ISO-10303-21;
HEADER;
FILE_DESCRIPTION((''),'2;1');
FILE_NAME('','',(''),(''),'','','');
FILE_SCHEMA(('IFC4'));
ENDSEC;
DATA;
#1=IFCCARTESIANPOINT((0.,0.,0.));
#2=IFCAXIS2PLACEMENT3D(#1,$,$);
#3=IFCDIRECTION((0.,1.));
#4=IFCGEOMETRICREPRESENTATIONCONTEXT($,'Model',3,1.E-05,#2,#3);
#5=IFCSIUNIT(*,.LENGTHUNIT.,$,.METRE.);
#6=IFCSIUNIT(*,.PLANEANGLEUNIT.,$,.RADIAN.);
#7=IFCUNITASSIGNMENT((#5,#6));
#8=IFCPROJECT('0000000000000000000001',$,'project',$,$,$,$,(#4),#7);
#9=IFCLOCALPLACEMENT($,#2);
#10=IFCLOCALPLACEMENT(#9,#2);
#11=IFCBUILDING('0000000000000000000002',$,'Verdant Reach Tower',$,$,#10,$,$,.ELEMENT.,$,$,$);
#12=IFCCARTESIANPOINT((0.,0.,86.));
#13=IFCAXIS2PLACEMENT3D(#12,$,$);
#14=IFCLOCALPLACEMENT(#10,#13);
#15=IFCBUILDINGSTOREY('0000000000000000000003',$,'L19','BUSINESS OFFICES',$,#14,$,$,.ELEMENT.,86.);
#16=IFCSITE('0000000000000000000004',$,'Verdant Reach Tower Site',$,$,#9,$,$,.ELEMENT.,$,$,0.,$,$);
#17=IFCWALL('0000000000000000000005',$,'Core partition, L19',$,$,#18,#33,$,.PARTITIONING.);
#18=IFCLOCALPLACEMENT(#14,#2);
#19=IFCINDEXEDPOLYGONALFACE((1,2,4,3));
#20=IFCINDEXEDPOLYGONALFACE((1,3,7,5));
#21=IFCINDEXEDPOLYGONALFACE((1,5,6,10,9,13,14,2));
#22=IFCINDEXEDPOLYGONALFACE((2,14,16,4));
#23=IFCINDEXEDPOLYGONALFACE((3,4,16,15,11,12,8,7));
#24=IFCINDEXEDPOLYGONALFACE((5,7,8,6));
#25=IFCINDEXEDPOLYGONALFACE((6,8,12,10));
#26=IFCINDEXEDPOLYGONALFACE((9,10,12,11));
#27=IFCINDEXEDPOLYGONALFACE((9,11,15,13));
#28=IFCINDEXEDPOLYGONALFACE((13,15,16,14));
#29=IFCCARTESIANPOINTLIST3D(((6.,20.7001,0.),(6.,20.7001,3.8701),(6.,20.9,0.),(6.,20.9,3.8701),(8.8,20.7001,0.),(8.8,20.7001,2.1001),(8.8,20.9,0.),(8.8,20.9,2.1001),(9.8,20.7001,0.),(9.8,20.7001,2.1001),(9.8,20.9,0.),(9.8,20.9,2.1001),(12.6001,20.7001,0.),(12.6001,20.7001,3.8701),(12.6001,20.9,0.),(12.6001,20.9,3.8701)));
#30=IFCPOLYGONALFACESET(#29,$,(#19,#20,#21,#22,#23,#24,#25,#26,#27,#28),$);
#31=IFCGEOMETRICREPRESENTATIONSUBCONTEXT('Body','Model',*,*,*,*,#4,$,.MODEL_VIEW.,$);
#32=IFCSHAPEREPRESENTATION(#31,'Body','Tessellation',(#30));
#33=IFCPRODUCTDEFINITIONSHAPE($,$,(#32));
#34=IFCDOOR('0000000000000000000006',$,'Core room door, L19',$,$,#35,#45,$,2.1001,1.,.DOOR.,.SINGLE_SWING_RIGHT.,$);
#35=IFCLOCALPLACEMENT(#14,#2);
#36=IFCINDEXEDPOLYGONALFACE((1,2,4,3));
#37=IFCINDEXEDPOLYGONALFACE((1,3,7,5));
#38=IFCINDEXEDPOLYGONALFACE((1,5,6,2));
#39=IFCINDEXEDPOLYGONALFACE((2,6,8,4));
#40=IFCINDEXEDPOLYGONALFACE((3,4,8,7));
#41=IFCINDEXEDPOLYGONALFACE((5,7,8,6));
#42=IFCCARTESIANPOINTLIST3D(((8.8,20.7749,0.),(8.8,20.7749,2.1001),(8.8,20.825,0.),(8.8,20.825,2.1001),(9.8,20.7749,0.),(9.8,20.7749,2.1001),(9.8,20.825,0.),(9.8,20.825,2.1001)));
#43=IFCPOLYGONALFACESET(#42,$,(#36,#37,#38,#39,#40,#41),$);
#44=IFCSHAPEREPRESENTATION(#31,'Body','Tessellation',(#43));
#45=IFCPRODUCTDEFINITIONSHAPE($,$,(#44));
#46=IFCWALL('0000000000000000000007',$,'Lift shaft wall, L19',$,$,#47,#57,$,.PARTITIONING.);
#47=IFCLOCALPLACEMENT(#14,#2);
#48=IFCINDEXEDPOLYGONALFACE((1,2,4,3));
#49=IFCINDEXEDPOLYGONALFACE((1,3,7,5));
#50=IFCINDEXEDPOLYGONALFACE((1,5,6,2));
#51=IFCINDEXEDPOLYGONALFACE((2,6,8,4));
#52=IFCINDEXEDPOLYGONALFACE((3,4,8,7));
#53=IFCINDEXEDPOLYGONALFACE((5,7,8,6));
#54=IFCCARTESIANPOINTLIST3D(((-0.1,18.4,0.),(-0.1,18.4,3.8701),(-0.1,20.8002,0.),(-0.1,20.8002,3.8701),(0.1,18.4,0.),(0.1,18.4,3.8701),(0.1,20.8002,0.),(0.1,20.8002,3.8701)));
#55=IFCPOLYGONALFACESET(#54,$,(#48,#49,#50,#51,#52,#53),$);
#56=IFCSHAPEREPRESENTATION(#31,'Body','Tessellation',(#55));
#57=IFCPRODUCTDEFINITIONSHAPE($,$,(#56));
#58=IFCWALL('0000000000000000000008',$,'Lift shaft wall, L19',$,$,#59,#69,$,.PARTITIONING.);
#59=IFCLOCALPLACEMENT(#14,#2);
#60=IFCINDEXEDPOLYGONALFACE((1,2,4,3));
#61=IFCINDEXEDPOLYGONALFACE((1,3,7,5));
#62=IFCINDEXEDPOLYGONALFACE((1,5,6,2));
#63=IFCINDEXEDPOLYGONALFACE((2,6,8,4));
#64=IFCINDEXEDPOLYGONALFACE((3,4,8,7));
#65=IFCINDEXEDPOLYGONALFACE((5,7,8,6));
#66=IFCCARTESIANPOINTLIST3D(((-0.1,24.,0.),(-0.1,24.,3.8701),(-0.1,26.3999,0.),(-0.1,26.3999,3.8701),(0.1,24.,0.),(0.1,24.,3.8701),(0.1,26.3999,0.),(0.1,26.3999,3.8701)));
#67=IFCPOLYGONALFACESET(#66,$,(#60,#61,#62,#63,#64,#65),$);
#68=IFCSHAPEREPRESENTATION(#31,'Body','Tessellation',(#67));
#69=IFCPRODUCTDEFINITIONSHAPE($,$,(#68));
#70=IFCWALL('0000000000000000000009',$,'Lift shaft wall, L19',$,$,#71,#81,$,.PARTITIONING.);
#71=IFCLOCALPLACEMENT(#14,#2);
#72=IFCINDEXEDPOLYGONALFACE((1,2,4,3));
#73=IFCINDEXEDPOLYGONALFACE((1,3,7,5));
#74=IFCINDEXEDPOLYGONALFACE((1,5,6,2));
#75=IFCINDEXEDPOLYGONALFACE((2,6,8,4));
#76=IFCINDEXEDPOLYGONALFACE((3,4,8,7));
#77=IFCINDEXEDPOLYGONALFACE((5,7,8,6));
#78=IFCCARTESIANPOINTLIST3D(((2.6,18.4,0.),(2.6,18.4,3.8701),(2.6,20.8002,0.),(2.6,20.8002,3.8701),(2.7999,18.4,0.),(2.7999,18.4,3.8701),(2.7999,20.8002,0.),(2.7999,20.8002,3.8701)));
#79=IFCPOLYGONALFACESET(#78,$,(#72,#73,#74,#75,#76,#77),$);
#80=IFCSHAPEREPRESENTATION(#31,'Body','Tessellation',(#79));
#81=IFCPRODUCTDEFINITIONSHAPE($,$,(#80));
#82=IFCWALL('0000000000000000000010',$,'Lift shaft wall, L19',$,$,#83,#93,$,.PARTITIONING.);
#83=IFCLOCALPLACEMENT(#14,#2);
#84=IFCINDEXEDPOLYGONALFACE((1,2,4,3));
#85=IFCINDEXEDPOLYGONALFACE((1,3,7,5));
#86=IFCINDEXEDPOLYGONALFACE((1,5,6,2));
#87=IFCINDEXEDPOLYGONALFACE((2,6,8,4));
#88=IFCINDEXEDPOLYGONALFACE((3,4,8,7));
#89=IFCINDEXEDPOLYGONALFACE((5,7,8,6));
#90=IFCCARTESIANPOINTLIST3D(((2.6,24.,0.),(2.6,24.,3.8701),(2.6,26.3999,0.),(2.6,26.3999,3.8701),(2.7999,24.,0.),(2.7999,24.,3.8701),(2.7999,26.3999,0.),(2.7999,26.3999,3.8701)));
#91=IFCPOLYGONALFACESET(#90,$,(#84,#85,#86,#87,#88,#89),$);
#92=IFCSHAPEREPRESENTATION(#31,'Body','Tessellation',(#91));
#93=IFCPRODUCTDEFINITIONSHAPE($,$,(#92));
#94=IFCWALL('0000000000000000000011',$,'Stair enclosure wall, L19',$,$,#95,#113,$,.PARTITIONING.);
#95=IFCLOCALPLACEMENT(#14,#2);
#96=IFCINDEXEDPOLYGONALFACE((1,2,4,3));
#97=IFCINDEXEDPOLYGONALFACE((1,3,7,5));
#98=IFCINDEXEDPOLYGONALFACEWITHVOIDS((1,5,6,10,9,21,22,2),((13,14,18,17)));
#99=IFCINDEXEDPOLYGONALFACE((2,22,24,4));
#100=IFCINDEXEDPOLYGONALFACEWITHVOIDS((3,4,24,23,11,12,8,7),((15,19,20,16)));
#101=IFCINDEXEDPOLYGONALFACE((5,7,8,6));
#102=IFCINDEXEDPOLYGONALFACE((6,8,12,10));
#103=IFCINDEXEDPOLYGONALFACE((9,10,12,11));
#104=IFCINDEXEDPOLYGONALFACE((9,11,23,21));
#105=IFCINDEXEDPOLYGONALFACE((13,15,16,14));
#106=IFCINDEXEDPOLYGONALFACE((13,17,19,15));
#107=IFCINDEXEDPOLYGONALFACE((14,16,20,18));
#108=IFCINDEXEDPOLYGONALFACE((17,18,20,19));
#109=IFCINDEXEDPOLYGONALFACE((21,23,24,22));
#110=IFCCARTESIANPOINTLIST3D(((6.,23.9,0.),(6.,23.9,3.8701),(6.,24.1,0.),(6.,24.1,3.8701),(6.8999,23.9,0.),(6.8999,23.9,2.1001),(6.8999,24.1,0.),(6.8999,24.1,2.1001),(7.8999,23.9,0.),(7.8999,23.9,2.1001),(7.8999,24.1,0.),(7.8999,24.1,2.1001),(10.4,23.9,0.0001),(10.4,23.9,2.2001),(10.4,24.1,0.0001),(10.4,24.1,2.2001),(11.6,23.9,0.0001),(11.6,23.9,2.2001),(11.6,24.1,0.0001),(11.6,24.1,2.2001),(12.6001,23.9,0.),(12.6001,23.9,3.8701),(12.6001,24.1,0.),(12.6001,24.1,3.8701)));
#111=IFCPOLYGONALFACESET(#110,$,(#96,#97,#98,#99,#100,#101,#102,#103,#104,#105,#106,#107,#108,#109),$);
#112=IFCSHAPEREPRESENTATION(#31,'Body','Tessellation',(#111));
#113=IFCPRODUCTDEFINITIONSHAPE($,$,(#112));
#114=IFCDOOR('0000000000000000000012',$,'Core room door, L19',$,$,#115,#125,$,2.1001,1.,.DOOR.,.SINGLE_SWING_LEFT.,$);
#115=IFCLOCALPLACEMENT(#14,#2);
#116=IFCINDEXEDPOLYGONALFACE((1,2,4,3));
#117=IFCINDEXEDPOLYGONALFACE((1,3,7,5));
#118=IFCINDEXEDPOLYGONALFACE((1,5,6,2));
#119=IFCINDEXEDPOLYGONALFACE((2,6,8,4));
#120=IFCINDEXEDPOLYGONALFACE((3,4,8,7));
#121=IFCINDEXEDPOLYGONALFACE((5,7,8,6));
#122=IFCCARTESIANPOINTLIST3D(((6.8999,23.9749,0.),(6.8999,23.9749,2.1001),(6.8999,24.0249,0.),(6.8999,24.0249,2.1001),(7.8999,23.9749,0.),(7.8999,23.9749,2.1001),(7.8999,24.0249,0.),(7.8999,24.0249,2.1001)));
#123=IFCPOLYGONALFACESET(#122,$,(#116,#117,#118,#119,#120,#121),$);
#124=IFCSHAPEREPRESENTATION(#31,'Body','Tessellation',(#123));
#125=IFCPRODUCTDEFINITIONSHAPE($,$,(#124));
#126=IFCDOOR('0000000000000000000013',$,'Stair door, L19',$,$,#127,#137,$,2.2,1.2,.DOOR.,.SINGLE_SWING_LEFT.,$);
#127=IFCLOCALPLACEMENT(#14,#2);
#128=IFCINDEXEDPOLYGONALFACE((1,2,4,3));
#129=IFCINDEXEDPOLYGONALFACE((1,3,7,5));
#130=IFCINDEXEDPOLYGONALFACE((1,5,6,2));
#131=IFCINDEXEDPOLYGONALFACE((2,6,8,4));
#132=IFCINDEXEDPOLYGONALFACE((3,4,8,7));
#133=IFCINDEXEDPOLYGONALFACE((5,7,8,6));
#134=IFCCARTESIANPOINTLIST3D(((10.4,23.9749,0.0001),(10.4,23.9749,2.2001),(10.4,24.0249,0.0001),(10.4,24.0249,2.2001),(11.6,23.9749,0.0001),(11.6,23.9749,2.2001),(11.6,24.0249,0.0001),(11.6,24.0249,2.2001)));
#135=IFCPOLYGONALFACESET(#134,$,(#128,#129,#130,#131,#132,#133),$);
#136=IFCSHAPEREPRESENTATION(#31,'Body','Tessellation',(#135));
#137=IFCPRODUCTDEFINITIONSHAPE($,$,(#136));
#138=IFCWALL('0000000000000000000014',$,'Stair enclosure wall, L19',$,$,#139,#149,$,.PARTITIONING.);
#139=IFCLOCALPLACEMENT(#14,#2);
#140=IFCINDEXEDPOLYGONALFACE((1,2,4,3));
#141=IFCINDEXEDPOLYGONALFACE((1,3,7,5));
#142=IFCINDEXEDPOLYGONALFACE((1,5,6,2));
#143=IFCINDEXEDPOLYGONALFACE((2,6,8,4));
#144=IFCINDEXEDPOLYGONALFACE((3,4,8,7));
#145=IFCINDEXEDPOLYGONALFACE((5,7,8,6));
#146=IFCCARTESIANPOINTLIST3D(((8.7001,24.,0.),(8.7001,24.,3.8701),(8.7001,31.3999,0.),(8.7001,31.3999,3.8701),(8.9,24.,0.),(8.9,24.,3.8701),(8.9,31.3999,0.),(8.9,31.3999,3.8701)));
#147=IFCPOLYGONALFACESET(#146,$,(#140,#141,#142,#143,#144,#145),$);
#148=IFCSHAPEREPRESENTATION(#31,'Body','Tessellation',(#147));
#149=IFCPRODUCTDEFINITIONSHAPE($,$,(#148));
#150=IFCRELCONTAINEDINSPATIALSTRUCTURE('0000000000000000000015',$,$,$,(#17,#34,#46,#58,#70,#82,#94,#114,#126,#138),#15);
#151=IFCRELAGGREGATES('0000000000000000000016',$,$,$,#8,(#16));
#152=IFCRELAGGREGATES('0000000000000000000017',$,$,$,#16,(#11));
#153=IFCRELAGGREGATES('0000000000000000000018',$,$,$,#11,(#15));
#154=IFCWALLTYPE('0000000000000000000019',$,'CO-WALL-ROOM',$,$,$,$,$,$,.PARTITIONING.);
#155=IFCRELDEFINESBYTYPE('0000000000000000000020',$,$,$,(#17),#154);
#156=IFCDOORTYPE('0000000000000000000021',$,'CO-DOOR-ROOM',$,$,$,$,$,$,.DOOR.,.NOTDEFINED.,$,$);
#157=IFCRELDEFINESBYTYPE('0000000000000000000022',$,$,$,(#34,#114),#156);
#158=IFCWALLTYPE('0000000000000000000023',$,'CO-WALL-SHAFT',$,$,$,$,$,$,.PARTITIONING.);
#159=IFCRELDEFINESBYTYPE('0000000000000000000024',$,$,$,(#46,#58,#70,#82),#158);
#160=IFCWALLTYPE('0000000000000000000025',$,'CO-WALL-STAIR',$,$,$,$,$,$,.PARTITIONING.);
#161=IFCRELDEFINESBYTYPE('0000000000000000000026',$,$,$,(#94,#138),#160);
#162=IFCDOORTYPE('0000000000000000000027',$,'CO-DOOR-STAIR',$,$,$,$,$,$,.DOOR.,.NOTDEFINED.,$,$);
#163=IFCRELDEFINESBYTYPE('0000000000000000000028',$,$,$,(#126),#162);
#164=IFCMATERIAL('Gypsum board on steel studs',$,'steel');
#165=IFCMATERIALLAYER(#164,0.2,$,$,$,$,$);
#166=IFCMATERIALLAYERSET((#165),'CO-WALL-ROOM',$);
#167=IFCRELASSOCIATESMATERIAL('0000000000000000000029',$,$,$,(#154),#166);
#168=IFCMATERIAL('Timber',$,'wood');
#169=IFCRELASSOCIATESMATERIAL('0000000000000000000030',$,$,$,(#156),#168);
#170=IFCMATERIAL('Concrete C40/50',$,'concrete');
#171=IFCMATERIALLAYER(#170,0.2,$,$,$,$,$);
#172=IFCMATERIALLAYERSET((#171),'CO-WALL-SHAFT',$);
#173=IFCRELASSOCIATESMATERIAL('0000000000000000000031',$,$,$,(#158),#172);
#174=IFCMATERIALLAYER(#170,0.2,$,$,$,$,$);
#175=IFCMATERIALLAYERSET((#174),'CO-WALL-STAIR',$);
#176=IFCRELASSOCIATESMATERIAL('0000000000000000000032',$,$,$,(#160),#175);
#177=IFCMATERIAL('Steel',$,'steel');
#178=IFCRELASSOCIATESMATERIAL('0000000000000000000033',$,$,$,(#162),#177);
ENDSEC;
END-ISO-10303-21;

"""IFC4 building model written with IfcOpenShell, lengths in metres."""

from ifc_helpers import new_model, si_unit, direction, frame, frame_2d, origin, place, context, subcontext, project, spatial, rectangle, extrude, material, layer, layer_set, type_object, element, fill, save


model = new_model("IFC4")

# Units and contexts
model_context = context("Model", 3, precision=1e-05, world=origin(), true_north=direction((0.0, 1.0)))
body_context = subcontext(model_context, "Body", "Model", "MODEL_VIEW")
ifc_project = project(units=[si_unit("LENGTHUNIT", "METRE"), si_unit("PLANEANGLEUNIT", "RADIAN")], contexts=[model_context])

# Site, building, storey
site_placement = place(None, origin())
site = spatial("IfcSite", under=ifc_project, at=site_placement, Name="Verdant Reach Tower Site", CompositionType="ELEMENT", RefElevation=0.0)
building_placement = place(site_placement, origin())
building = spatial("IfcBuilding", under=site, at=building_placement, Name="Verdant Reach Tower", CompositionType="ELEMENT")
storey_placement = place(building_placement, frame((0.0, 0.0, 86.0)))
storey = spatial("IfcBuildingStorey", under=building, at=storey_placement, Name="L19", Description="BUSINESS OFFICES", CompositionType="ELEMENT", Elevation=86.0)

# Wall, opening, door
ifc_material_1 = material(Name="Gypsum board on steel studs", Category="steel")
ifc_layer_1 = layer(ifc_material_1, 0.2)
ifc_layer_set_1 = layer_set([ifc_layer_1], Name="CO-WALL-ROOM")
wall_type_1 = type_object("IfcWallType", Name="CO-WALL-ROOM", PredefinedType="PARTITIONING", material=ifc_layer_set_1)
wall_1_placement = place(storey_placement, frame((6.0, 20.8, 0.0), z_axis=(0.0, 0.0, 1.0), x_axis=(1.0, 0.0, 0.0)))
wall_1 = element("IfcWall", 1, at=wall_1_placement, inside=storey, type_object=wall_type_1, Name="Core partition, L19", PredefinedType="PARTITIONING", context=body_context, shape_type="SweptSolid", body=[
    extrude(rectangle(XDim=6.6001, YDim=0.2, at=frame_2d((3.3, 0.0))), origin(), (0.0, 0.0, 1.0), 3.8701),
])
opening_1_placement = place(wall_1_placement, frame((2.8, 0.0, 0.0)))
opening_1 = element("IfcOpeningElement", 2, at=opening_1_placement, cuts=wall_1, PredefinedType="OPENING", context=body_context, shape_type="SweptSolid", body=[
    extrude(rectangle(XDim=1.0, YDim=2.1001, at=frame_2d((0.5, 1.05))), frame((0.0, 0.1099, 0.0), z_axis=(0.0, -1.0, 0.0), x_axis=(1.0, 0.0, 0.0)), (0.0, 0.0, 1.0), 0.22),
])
ifc_material_2 = material(Name="Timber", Category="wood")
door_type_1 = type_object("IfcDoorType", Name="CO-DOOR-ROOM", OperationType="NOTDEFINED", PredefinedType="DOOR", material=ifc_material_2)
door_1_placement = place(opening_1_placement, origin())
door_1 = element("IfcDoor", 3, at=door_1_placement, inside=storey, type_object=door_type_1, Name="Core room door, L19", OperationType="SINGLE_SWING_RIGHT", OverallHeight=2.1001, OverallWidth=1.0, PredefinedType="DOOR", context=body_context, shape_type="SweptSolid", body=[
    extrude(rectangle(XDim=1.0, YDim=2.1001, at=frame_2d((0.5, 1.05))), frame((0.0, 0.0249, 0.0), z_axis=(0.0, -1.0, 0.0), x_axis=(1.0, 0.0, 0.0)), (0.0, 0.0, 1.0), 0.05),
])
fill(opening_1, door_1)

# Walls
ifc_material_3 = material(Name="Concrete C40/50", Category="concrete")
ifc_layer_2 = layer(ifc_material_3, 0.2)
ifc_layer_set_2 = layer_set([ifc_layer_2], Name="CO-WALL-SHAFT")
wall_type_2 = type_object("IfcWallType", Name="CO-WALL-SHAFT", PredefinedType="PARTITIONING", material=ifc_layer_set_2)
wall_2_placement = place(storey_placement, frame((0.0, 18.3999, 0.0), z_axis=(0.0, 0.0, 1.0), x_axis=(0.0, 1.0, 0.0)))
element("IfcWall", 4, at=wall_2_placement, inside=storey, type_object=wall_type_2, Name="Lift shaft wall, L19", PredefinedType="PARTITIONING", context=body_context, shape_type="SweptSolid", body=[
    extrude(rectangle(XDim=2.4001, YDim=0.2, at=frame_2d((1.2002, 0.0))), origin(), (0.0, 0.0, 1.0), 3.8701),
])
wall_3_placement = place(storey_placement, frame((0.0, 24.0, 0.0), z_axis=(0.0, 0.0, 1.0), x_axis=(0.0, 1.0, 0.0)))
element("IfcWall", 5, at=wall_3_placement, inside=storey, type_object=wall_type_2, Name="Lift shaft wall, L19", PredefinedType="PARTITIONING", context=body_context, shape_type="SweptSolid", body=[
    extrude(rectangle(XDim=2.3999, YDim=0.2, at=frame_2d((1.2, 0.0))), origin(), (0.0, 0.0, 1.0), 3.8701),
])
wall_4_placement = place(storey_placement, frame((2.7, 18.3999, 0.0), z_axis=(0.0, 0.0, 1.0), x_axis=(0.0, 1.0, 0.0)))
element("IfcWall", 6, at=wall_4_placement, inside=storey, type_object=wall_type_2, Name="Lift shaft wall, L19", PredefinedType="PARTITIONING", context=body_context, shape_type="SweptSolid", body=[
    extrude(rectangle(XDim=2.4001, YDim=0.2, at=frame_2d((1.2002, 0.0))), origin(), (0.0, 0.0, 1.0), 3.8701),
])
wall_5_placement = place(storey_placement, frame((2.7, 24.0, 0.0), z_axis=(0.0, 0.0, 1.0), x_axis=(0.0, 1.0, 0.0)))
element("IfcWall", 7, at=wall_5_placement, inside=storey, type_object=wall_type_2, Name="Lift shaft wall, L19", PredefinedType="PARTITIONING", context=body_context, shape_type="SweptSolid", body=[
    extrude(rectangle(XDim=2.3999, YDim=0.2, at=frame_2d((1.2, 0.0))), origin(), (0.0, 0.0, 1.0), 3.8701),
])

# Wall, openings, doors
ifc_layer_3 = layer(ifc_material_3, 0.2)
ifc_layer_set_3 = layer_set([ifc_layer_3], Name="CO-WALL-STAIR")
wall_type_3 = type_object("IfcWallType", Name="CO-WALL-STAIR", PredefinedType="PARTITIONING", material=ifc_layer_set_3)
wall_6_placement = place(storey_placement, frame((6.0, 24.0, 0.0), z_axis=(0.0, 0.0, 1.0), x_axis=(1.0, 0.0, 0.0)))
wall_6 = element("IfcWall", 8, at=wall_6_placement, inside=storey, type_object=wall_type_3, Name="Stair enclosure wall, L19", PredefinedType="PARTITIONING", context=body_context, shape_type="SweptSolid", body=[
    extrude(rectangle(XDim=6.6001, YDim=0.2, at=frame_2d((3.3, 0.0))), origin(), (0.0, 0.0, 1.0), 3.8701),
])
opening_2_placement = place(wall_6_placement, frame((0.8999, 0.0, 0.0)))
opening_2 = element("IfcOpeningElement", 9, at=opening_2_placement, cuts=wall_6, PredefinedType="OPENING", context=body_context, shape_type="SweptSolid", body=[
    extrude(rectangle(XDim=1.0, YDim=2.1001, at=frame_2d((0.5, 1.05))), frame((0.0, 0.1099, 0.0), z_axis=(0.0, -1.0, 0.0), x_axis=(1.0, 0.0, 0.0)), (0.0, 0.0, 1.0), 0.22),
])
opening_3_placement = place(wall_6_placement, frame((4.3999, 0.0, 0.0)))
opening_3 = element("IfcOpeningElement", 10, at=opening_3_placement, cuts=wall_6, PredefinedType="OPENING", context=body_context, shape_type="SweptSolid", body=[
    extrude(rectangle(XDim=1.2, YDim=2.2, at=frame_2d((0.6001, 1.1001))), frame((0.0, 0.1099, 0.0), z_axis=(0.0, -1.0, 0.0), x_axis=(1.0, 0.0, 0.0)), (0.0, 0.0, 1.0), 0.22),
])
door_2_placement = place(opening_2_placement, origin())
door_2 = element("IfcDoor", 11, at=door_2_placement, inside=storey, type_object=door_type_1, Name="Core room door, L19", OperationType="SINGLE_SWING_LEFT", OverallHeight=2.1001, OverallWidth=1.0, PredefinedType="DOOR", context=body_context, shape_type="SweptSolid", body=[
    extrude(rectangle(XDim=1.0, YDim=2.1001, at=frame_2d((0.5, 1.05))), frame((0.0, 0.0249, 0.0), z_axis=(0.0, -1.0, 0.0), x_axis=(1.0, 0.0, 0.0)), (0.0, 0.0, 1.0), 0.05),
])
fill(opening_2, door_2)
ifc_material_4 = material(Name="Steel", Category="steel")
door_type_2 = type_object("IfcDoorType", Name="CO-DOOR-STAIR", OperationType="NOTDEFINED", PredefinedType="DOOR", material=ifc_material_4)
door_3_placement = place(opening_3_placement, origin())
door_3 = element("IfcDoor", 12, at=door_3_placement, inside=storey, type_object=door_type_2, Name="Stair door, L19", OperationType="SINGLE_SWING_LEFT", OverallHeight=2.2, OverallWidth=1.2, PredefinedType="DOOR", context=body_context, shape_type="SweptSolid", body=[
    extrude(rectangle(XDim=1.2, YDim=2.2, at=frame_2d((0.6001, 1.1001))), frame((0.0, 0.0249, 0.0), z_axis=(0.0, -1.0, 0.0), x_axis=(1.0, 0.0, 0.0)), (0.0, 0.0, 1.0), 0.05),
])
fill(opening_3, door_3)

# Wall
wall_7_placement = place(storey_placement, frame((8.8, 24.0, 0.0), z_axis=(0.0, 0.0, 1.0), x_axis=(0.0, 1.0, 0.0)))
element("IfcWall", 13, at=wall_7_placement, inside=storey, type_object=wall_type_3, Name="Stair enclosure wall, L19", PredefinedType="PARTITIONING", context=body_context, shape_type="SweptSolid", body=[
    extrude(rectangle(XDim=7.3999, YDim=0.2, at=frame_2d((3.7, 0.0))), origin(), (0.0, 0.0, 1.0), 3.8701),
])

save(model, "model.ifc")
